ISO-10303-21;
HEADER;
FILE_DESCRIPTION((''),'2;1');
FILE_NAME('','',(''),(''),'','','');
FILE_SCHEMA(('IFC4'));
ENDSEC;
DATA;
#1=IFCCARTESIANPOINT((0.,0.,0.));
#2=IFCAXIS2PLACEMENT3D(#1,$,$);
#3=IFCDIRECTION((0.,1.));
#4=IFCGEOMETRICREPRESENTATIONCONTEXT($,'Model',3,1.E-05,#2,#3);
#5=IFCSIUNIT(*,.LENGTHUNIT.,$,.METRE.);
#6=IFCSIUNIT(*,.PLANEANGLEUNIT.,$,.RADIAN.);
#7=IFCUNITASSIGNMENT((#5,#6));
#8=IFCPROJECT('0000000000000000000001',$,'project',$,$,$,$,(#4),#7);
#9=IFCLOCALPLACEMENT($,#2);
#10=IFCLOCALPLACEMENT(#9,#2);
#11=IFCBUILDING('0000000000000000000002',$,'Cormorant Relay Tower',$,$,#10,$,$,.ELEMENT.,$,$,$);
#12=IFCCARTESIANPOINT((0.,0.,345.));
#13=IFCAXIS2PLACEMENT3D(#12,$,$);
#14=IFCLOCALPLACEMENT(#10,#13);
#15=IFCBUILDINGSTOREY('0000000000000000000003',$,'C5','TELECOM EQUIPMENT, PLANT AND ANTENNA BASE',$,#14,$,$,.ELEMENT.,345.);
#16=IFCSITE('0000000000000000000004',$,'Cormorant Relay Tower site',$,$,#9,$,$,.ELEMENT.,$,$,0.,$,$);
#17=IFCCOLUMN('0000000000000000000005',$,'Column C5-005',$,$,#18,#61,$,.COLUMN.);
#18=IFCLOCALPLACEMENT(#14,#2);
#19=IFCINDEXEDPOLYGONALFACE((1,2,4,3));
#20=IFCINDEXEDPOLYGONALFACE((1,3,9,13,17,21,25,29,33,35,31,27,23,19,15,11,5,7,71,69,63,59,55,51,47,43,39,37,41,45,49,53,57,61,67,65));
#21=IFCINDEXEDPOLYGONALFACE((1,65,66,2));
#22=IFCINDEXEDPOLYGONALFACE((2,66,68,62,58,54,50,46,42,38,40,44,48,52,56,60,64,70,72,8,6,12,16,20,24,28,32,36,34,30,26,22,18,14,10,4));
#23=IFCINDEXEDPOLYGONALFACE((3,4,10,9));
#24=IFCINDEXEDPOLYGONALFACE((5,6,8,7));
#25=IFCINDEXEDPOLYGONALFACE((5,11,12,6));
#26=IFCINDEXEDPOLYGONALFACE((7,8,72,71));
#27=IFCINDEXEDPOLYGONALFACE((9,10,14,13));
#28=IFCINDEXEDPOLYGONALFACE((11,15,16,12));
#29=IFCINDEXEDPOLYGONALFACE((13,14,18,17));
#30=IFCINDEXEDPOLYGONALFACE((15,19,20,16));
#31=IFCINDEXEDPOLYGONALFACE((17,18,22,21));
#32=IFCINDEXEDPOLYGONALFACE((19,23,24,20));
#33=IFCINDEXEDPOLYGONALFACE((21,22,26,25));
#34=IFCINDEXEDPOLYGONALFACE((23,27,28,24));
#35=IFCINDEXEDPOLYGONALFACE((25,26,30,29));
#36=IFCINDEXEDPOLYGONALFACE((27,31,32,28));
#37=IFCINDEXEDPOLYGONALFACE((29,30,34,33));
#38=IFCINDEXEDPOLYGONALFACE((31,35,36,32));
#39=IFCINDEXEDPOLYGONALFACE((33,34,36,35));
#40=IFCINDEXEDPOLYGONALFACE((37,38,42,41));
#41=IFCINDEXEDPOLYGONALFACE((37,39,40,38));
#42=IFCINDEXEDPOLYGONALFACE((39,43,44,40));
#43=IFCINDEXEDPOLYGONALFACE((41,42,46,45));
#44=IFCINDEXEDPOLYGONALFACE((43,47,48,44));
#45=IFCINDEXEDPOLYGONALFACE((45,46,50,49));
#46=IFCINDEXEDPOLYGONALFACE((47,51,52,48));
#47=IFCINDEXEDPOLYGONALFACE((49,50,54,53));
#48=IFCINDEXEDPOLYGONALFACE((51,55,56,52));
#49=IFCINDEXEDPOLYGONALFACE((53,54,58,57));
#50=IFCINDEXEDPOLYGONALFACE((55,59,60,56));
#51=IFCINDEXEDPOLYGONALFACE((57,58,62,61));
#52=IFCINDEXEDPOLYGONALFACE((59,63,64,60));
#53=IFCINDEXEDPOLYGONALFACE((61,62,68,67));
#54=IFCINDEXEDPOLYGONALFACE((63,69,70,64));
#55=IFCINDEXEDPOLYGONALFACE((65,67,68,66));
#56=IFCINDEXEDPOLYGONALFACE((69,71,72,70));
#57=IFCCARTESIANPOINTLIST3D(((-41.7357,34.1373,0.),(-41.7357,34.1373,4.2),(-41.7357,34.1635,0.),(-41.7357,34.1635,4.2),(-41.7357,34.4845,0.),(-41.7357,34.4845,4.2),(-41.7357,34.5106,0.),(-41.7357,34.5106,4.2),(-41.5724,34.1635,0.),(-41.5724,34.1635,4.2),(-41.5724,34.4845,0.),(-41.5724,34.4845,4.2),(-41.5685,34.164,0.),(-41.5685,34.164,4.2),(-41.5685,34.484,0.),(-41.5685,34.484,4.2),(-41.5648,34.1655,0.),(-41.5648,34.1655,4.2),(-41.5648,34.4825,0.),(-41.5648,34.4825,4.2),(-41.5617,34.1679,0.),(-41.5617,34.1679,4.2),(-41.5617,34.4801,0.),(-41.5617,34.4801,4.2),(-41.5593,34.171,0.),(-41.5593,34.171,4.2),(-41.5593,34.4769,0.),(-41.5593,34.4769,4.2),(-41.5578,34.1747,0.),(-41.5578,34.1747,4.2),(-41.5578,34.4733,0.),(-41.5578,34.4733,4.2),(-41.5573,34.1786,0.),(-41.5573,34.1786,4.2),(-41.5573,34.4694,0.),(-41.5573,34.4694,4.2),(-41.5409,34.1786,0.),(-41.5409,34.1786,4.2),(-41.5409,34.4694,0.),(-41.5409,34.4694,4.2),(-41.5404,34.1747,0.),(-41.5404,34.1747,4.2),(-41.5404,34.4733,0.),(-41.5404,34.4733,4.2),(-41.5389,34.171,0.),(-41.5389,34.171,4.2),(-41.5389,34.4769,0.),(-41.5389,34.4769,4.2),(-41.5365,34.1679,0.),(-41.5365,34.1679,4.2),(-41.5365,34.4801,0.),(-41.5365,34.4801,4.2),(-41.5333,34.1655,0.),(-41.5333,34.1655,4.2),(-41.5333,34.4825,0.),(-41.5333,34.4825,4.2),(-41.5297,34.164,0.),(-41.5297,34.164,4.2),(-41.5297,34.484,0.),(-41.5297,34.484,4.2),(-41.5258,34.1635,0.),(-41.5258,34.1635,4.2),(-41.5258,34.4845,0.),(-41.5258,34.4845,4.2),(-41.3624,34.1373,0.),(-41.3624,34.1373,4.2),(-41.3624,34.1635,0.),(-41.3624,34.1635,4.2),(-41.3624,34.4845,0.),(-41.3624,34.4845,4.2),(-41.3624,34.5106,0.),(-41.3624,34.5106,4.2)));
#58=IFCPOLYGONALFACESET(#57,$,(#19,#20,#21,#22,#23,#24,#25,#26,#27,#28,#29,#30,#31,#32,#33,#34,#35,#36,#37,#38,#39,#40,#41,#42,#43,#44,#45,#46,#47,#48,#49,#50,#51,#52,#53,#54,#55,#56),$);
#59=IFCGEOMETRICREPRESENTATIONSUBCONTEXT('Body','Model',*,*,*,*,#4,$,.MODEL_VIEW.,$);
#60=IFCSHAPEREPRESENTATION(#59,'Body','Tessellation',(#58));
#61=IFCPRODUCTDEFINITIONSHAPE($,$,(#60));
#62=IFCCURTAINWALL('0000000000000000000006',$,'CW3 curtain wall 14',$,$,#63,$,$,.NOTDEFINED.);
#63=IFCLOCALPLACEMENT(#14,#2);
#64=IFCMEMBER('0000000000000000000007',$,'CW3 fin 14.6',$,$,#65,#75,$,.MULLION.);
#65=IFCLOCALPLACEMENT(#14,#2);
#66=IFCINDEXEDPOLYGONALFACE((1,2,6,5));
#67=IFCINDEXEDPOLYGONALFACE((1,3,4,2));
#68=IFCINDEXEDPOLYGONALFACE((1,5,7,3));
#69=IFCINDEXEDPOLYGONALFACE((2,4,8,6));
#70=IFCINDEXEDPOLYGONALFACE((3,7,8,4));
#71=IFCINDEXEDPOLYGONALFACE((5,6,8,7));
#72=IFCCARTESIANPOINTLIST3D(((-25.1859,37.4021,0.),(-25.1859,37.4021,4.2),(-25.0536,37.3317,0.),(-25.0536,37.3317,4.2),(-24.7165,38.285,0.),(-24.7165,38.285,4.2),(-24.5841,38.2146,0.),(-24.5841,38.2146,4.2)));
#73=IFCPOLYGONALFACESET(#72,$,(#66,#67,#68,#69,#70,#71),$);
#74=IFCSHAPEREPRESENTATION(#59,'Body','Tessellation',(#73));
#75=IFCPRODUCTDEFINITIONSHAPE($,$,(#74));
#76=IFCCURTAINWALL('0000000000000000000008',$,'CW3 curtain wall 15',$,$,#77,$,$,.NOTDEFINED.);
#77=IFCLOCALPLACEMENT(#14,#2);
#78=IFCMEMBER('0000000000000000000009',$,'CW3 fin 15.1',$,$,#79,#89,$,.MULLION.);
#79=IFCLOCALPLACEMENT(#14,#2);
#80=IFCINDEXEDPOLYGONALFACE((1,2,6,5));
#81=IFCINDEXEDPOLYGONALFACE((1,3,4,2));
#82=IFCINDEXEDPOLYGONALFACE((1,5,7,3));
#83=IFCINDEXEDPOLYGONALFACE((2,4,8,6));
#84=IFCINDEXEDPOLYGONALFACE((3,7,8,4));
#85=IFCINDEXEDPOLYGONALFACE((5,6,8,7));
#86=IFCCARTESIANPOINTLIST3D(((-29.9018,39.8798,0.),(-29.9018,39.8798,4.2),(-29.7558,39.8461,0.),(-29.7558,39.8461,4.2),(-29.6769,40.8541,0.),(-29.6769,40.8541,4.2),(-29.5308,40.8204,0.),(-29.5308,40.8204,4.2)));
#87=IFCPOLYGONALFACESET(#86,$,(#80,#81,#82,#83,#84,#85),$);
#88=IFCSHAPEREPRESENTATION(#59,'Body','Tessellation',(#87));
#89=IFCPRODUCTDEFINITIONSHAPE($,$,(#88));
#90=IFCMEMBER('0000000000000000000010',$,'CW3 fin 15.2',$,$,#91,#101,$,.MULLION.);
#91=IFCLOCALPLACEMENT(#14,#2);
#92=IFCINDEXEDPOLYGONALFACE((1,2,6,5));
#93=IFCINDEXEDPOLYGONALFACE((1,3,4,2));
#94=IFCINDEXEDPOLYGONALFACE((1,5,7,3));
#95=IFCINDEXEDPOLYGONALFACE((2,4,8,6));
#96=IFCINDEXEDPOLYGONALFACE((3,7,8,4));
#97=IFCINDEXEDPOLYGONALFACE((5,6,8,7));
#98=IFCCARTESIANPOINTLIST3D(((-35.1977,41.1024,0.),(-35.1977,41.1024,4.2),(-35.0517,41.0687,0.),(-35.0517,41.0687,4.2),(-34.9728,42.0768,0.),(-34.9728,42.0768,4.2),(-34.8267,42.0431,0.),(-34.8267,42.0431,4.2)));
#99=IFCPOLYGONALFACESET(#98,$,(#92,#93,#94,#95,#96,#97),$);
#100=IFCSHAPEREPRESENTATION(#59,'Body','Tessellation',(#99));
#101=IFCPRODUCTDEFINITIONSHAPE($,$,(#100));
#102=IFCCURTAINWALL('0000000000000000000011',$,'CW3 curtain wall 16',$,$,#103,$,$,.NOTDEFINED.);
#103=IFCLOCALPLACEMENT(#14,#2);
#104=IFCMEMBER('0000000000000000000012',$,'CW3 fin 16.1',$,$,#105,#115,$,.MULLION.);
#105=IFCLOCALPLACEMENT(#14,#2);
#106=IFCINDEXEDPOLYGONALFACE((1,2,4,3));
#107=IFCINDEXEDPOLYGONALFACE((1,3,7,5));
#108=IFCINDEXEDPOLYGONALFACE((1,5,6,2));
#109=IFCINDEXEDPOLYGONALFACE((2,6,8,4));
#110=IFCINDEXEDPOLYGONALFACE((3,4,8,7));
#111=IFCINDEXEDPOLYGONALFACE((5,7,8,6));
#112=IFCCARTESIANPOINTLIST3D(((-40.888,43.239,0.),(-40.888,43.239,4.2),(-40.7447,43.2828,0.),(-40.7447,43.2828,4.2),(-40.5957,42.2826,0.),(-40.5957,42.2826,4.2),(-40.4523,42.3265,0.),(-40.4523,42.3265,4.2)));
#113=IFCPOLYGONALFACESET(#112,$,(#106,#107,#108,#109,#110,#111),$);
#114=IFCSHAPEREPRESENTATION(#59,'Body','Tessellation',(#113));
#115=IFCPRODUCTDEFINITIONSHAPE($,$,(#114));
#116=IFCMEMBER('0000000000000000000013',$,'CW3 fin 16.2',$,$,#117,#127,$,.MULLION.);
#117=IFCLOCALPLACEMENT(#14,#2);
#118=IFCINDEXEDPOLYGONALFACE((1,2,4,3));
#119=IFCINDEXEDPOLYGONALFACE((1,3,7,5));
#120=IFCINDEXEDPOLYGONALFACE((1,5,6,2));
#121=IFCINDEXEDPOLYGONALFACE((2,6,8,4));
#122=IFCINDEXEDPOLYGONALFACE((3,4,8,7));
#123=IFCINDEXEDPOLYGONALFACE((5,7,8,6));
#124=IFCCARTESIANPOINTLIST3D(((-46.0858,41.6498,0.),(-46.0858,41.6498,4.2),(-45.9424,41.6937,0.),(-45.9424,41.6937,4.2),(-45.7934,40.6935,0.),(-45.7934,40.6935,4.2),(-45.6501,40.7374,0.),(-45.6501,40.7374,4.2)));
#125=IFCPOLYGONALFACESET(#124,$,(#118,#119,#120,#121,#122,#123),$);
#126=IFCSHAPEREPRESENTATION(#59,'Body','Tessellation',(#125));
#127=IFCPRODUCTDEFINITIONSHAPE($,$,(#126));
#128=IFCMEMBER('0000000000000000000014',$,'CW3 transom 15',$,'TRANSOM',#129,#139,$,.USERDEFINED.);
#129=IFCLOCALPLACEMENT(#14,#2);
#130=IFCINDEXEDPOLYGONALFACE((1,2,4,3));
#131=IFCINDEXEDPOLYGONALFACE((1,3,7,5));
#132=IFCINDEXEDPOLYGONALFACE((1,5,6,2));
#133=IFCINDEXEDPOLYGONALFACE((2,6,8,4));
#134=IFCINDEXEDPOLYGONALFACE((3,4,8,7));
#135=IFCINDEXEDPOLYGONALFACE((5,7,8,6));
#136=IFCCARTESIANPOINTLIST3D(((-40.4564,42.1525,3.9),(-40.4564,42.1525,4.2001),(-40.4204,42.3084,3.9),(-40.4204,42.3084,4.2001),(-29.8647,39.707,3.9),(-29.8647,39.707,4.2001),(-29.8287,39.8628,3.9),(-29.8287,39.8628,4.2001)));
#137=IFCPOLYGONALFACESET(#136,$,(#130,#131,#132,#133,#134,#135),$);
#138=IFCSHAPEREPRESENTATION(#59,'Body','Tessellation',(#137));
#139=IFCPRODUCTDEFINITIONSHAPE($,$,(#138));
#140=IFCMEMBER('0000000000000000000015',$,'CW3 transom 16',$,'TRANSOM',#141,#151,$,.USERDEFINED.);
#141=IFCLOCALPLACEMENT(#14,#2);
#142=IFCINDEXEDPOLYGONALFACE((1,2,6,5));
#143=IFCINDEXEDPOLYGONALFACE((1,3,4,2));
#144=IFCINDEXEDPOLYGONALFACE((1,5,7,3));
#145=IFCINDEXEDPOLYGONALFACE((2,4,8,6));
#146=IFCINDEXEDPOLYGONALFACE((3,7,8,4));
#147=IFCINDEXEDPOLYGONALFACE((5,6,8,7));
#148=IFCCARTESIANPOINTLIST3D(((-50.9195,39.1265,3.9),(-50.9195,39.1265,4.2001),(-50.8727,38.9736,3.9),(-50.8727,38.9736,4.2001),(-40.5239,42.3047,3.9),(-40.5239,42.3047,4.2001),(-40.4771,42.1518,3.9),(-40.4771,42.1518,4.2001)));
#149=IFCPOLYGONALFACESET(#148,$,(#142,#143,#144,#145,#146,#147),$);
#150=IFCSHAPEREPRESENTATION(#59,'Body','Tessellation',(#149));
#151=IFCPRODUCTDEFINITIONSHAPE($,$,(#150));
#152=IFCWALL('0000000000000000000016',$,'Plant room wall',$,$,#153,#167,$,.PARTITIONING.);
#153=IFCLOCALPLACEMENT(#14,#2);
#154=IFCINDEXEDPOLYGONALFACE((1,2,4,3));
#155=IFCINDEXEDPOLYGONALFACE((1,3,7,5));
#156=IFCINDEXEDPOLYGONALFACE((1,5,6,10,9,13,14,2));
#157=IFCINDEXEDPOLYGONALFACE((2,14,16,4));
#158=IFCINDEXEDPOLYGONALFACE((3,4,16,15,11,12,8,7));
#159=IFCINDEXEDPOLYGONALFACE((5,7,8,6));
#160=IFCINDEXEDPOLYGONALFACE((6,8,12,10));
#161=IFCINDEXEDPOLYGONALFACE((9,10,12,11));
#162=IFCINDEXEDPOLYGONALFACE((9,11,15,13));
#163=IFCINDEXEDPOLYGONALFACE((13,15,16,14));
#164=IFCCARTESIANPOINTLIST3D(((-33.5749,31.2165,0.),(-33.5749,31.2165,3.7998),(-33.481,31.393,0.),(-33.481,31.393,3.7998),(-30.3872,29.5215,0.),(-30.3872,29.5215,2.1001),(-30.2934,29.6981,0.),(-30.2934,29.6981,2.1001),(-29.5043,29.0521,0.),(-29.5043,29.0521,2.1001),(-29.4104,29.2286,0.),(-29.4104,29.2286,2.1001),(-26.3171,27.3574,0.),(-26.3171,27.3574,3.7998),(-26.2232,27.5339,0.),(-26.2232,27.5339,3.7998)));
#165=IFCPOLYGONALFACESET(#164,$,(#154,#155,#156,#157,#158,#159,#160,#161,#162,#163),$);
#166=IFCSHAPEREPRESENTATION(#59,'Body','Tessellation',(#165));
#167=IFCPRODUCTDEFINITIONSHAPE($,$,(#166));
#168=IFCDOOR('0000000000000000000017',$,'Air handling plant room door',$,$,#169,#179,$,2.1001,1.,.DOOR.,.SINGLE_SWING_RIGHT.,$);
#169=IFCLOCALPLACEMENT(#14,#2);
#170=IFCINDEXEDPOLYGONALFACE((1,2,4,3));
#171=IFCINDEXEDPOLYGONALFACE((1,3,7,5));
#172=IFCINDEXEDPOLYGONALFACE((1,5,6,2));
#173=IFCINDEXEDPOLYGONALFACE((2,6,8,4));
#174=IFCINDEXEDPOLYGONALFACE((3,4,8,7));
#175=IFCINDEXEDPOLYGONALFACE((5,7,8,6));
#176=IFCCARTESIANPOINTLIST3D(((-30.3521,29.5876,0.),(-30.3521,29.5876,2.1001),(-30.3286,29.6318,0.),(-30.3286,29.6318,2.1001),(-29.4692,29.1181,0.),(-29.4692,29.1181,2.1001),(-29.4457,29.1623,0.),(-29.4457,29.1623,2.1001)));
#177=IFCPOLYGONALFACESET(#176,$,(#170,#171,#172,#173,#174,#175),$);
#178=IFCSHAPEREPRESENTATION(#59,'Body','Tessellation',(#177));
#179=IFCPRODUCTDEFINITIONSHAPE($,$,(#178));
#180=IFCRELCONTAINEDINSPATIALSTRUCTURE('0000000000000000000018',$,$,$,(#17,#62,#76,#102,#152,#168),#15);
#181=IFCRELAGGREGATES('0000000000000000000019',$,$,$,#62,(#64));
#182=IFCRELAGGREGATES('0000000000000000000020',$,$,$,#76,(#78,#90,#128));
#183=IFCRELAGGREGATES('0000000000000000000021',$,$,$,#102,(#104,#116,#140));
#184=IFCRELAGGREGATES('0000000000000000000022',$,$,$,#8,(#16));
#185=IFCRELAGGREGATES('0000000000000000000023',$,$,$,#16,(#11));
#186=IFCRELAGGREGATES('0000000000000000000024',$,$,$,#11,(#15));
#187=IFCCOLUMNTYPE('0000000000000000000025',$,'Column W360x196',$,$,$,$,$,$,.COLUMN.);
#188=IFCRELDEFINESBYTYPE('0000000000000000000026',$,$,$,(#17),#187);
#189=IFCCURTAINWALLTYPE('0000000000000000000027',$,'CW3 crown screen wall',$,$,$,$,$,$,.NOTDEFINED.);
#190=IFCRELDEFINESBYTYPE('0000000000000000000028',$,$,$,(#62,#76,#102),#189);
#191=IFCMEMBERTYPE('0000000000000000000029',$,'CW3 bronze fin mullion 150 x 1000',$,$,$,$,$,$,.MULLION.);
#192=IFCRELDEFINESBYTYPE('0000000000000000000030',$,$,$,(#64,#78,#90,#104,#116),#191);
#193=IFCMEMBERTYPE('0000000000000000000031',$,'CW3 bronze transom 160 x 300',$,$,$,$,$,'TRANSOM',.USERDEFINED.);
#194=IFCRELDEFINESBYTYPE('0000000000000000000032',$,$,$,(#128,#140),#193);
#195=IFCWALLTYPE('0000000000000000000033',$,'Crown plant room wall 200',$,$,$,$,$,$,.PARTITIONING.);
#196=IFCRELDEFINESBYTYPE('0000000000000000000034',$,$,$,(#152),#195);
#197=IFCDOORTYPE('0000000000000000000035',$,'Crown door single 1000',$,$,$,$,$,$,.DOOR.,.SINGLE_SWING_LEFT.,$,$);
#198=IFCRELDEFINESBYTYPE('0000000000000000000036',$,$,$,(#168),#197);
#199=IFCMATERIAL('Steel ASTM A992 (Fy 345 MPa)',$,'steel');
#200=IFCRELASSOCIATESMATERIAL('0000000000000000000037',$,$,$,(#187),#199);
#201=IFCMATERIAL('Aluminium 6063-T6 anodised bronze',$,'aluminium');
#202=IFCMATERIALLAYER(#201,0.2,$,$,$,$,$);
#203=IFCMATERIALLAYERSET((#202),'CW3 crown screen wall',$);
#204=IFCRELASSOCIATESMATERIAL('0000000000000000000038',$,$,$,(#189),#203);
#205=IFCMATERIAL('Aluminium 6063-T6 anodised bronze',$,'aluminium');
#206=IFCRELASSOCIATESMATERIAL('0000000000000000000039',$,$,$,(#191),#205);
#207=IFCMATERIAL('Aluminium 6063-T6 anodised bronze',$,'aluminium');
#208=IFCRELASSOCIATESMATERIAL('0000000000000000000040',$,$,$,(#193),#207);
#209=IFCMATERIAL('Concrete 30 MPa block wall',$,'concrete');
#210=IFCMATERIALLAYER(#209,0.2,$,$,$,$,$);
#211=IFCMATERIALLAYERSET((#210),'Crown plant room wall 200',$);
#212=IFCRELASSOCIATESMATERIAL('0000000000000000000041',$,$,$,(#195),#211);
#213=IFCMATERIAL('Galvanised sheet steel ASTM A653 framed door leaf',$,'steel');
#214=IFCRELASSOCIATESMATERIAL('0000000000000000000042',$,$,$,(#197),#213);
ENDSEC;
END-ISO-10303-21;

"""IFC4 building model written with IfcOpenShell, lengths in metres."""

from ifc_helpers import new_model, si_unit, direction, frame, frame_2d, origin, origin_2d, place, context, subcontext, project, spatial, rectangle, i_section, extrude, material, layer, layer_set, material_profile, profile_set, type_object, element, fill, aggregate, save


model = new_model("IFC4")

# Units and contexts
model_context = context("Model", 3, precision=1e-05, world=origin(), true_north=direction((0.0, 1.0)))
body_context = subcontext(model_context, "Body", "Model", "MODEL_VIEW")
ifc_project = project(units=[si_unit("LENGTHUNIT", "METRE"), si_unit("PLANEANGLEUNIT", "RADIAN")], contexts=[model_context])

# Site, building, storey
site_placement = place(None, origin())
site = spatial("IfcSite", under=ifc_project, at=site_placement, Name="Cormorant Relay Tower site", CompositionType="ELEMENT", RefElevation=0.0)
building_placement = place(site_placement, origin())
building = spatial("IfcBuilding", under=site, at=building_placement, Name="Cormorant Relay Tower", CompositionType="ELEMENT")
storey_placement = place(building_placement, frame((0.0, 0.0, 345.0)))
storey = spatial("IfcBuildingStorey", under=building, at=storey_placement, Name="C5", Description="TELECOM EQUIPMENT, PLANT AND ANTENNA BASE", CompositionType="ELEMENT", Elevation=345.0)

# Column
ifc_material_1 = material(Name="Steel ASTM A992 (Fy 345 MPa)", Category="steel")
ifc_material_profile_1 = material_profile(ifc_material_1, i_section(OverallWidth=0.3733, OverallDepth=0.3733, WebThickness=0.0164, FlangeThickness=0.0261, FilletRadius=0.0151, at=origin_2d()), Name="W360x196")
ifc_profile_set_1 = profile_set([ifc_material_profile_1], Name="Steel ASTM A992 (Fy 345 MPa)")
column_type = type_object("IfcColumnType", Name="Column W360x196", PredefinedType="COLUMN", material=ifc_profile_set_1)
column_placement = place(storey_placement, frame((-41.5491, 34.324, 0.0), z_axis=(0.0, 0.0, 1.0), x_axis=(1.0, 0.0, 0.0)))
element("IfcColumn", 1, at=column_placement, inside=storey, type_object=column_type, Name="Column C5-005", PredefinedType="COLUMN", context=body_context, shape_type="SweptSolid", body=[
    extrude(i_section(OverallWidth=0.3733, OverallDepth=0.3733, WebThickness=0.0164, FlangeThickness=0.0261, FilletRadius=0.0151, at=origin_2d()), origin(), (0.0, 0.0, 1.0), 4.2),
])

# Curtain wall, member
ifc_material_2 = material(Name="Aluminium 6063-T6 anodised bronze", Category="aluminium")
ifc_layer_1 = layer(ifc_material_2, 0.2)
ifc_layer_set_1 = layer_set([ifc_layer_1], Name="CW3 crown screen wall")
curtain_wall_type = type_object("IfcCurtainWallType", Name="CW3 crown screen wall", PredefinedType="NOTDEFINED", material=ifc_layer_set_1)
curtain_wall_1_placement = place(storey_placement, origin())
curtain_wall_1 = element("IfcCurtainWall", 2, at=curtain_wall_1_placement, inside=storey, type_object=curtain_wall_type, Name="CW3 curtain wall 14", PredefinedType="NOTDEFINED")
ifc_material_3 = material(Name="Aluminium 6063-T6 anodised bronze", Category="aluminium")
ifc_material_profile_2 = material_profile(ifc_material_3, rectangle(XDim=0.1499, YDim=1.0, at=origin_2d()), Name="AL 150x1000")
ifc_profile_set_2 = profile_set([ifc_material_profile_2], Name="Aluminium 6063-T6 anodised bronze")
member_type_1 = type_object("IfcMemberType", Name="CW3 bronze fin mullion 150 x 1000", PredefinedType="MULLION", material=ifc_profile_set_2)
member_1_placement = place(storey_placement, frame((-24.885, 37.8083, 0.0), z_axis=(0.0, 0.0, 1.0), x_axis=(-0.882948, 0.469472, 0.0)))
member_1 = element("IfcMember", 3, at=member_1_placement, type_object=member_type_1, Name="CW3 fin 14.6", PredefinedType="MULLION", context=body_context, shape_type="SweptSolid", body=[
    extrude(rectangle(XDim=0.1499, YDim=1.0, at=origin_2d()), origin(), (0.0, 0.0, 1.0), 4.2),
])

# Curtain walls, members
curtain_wall_2_placement = place(storey_placement, origin())
curtain_wall_2 = element("IfcCurtainWall", 4, at=curtain_wall_2_placement, inside=storey, type_object=curtain_wall_type, Name="CW3 curtain wall 15", PredefinedType="NOTDEFINED")
member_2_placement = place(storey_placement, frame((-29.7163, 40.3501, 0.0), z_axis=(0.0, 0.0, 1.0), x_axis=(-0.97437, 0.224951, 0.0)))
member_2 = element("IfcMember", 5, at=member_2_placement, type_object=member_type_1, Name="CW3 fin 15.1", PredefinedType="MULLION", context=body_context, shape_type="SweptSolid", body=[
    extrude(rectangle(XDim=0.1499, YDim=1.0, at=origin_2d()), origin(), (0.0, 0.0, 1.0), 4.2),
])
member_3_placement = place(storey_placement, frame((-35.0122, 41.5728, 0.0), z_axis=(0.0, 0.0, 1.0), x_axis=(-0.97437, 0.224951, 0.0)))
member_3 = element("IfcMember", 6, at=member_3_placement, type_object=member_type_1, Name="CW3 fin 15.2", PredefinedType="MULLION", context=body_context, shape_type="SweptSolid", body=[
    extrude(rectangle(XDim=0.1499, YDim=1.0, at=origin_2d()), origin(), (0.0, 0.0, 1.0), 4.2),
])
curtain_wall_3_placement = place(storey_placement, origin())
curtain_wall_3 = element("IfcCurtainWall", 7, at=curtain_wall_3_placement, inside=storey, type_object=curtain_wall_type, Name="CW3 curtain wall 16", PredefinedType="NOTDEFINED")
member_4_placement = place(storey_placement, frame((-40.6702, 42.7827, 0.0), z_axis=(0.0, 0.0, 1.0), x_axis=(-0.956305, -0.292372, 0.0)))
member_4 = element("IfcMember", 8, at=member_4_placement, type_object=member_type_1, Name="CW3 fin 16.1", PredefinedType="MULLION", context=body_context, shape_type="SweptSolid", body=[
    extrude(rectangle(XDim=0.1499, YDim=1.0, at=origin_2d()), origin(), (0.0, 0.0, 1.0), 4.2),
])
member_5_placement = place(storey_placement, frame((-45.8679, 41.1936, 0.0), z_axis=(0.0, 0.0, 1.0), x_axis=(-0.956305, -0.292372, 0.0)))
member_5 = element("IfcMember", 9, at=member_5_placement, type_object=member_type_1, Name="CW3 fin 16.2", PredefinedType="MULLION", context=body_context, shape_type="SweptSolid", body=[
    extrude(rectangle(XDim=0.1499, YDim=1.0, at=origin_2d()), origin(), (0.0, 0.0, 1.0), 4.2),
])

# Members
ifc_material_4 = material(Name="Aluminium 6063-T6 anodised bronze", Category="aluminium")
ifc_material_profile_3 = material_profile(ifc_material_4, rectangle(XDim=0.1599, YDim=0.3, at=origin_2d()), Name="AL 160x300")
ifc_profile_set_3 = profile_set([ifc_material_profile_3], Name="Aluminium 6063-T6 anodised bronze")
member_type_2 = type_object("IfcMemberType", Name="CW3 bronze transom 160 x 300", ElementType="TRANSOM", PredefinedType="USERDEFINED", material=ifc_profile_set_3)
member_6_placement = place(storey_placement, frame((-29.8467, 39.7849, 4.05), z_axis=(-0.974365, 0.224973, 0.0), x_axis=(-0.224973, -0.974365, 0.0)))
member_6 = element("IfcMember", 10, at=member_6_placement, type_object=member_type_2, Name="CW3 transom 15", ObjectType="TRANSOM", PredefinedType="USERDEFINED", context=body_context, shape_type="SweptSolid", body=[
    extrude(rectangle(XDim=0.1599, YDim=0.3, at=origin_2d()), origin(), (0.0, 0.0, 1.0), 10.8704),
])
member_7_placement = place(storey_placement, frame((-40.5005, 42.2283, 4.05), z_axis=(-0.956305, -0.292371, 0.0), x_axis=(0.292371, -0.956305, 0.0)))
member_7 = element("IfcMember", 11, at=member_7_placement, type_object=member_type_2, Name="CW3 transom 16", ObjectType="TRANSOM", PredefinedType="USERDEFINED", context=body_context, shape_type="SweptSolid", body=[
    extrude(rectangle(XDim=0.1599, YDim=0.3, at=origin_2d()), origin(), (0.0, 0.0, 1.0), 10.8706),
])

# Wall, opening, door
ifc_material_5 = material(Name="Concrete 30 MPa block wall", Category="concrete")
ifc_layer_2 = layer(ifc_material_5, 0.2)
ifc_layer_set_2 = layer_set([ifc_layer_2], Name="Crown plant room wall 200")
wall_type_1 = type_object("IfcWallType", Name="Crown plant room wall 200", PredefinedType="PARTITIONING", material=ifc_layer_set_2)
wall_1_placement = place(storey_placement, frame((-33.5278, 31.3047, 0.0), z_axis=(0.0, 0.0, 1.0), x_axis=(0.882943, -0.469479, 0.0)))
wall_1 = element("IfcWall", 12, at=wall_1_placement, inside=storey, type_object=wall_type_1, Name="Plant room wall", PredefinedType="PARTITIONING", context=body_context, shape_type="SweptSolid", body=[
    extrude(rectangle(XDim=8.22, YDim=0.2, at=frame_2d((4.1099, 0.0))), origin(), (0.0, 0.0, 1.0), 3.7998),
])
opening_placement = place(wall_1_placement, frame((3.6101, 0.0, 0.0)))
opening = element("IfcOpeningElement", 13, at=opening_placement, cuts=wall_1, PredefinedType="OPENING", context=body_context, shape_type="SweptSolid", body=[
    extrude(rectangle(XDim=1.0, YDim=2.1001, at=frame_2d((0.5, 1.05))), frame((0.0, 0.1099, 0.0), z_axis=(0.0, -1.0, 0.0), x_axis=(1.0, 0.0, 0.0)), (0.0, 0.0, 1.0), 0.22),
])
ifc_material_6 = material(Name="Galvanised sheet steel ASTM A653 framed door leaf", Category="steel")
door_type = type_object("IfcDoorType", Name="Crown door single 1000", OperationType="SINGLE_SWING_LEFT", PredefinedType="DOOR", material=ifc_material_6)
door_placement = place(opening_placement, origin())
door = element("IfcDoor", 14, at=door_placement, inside=storey, type_object=door_type, Name="Air handling plant room door", OperationType="SINGLE_SWING_RIGHT", OverallHeight=2.1001, OverallWidth=1.0, PredefinedType="DOOR", context=body_context, shape_type="SweptSolid", body=[
    extrude(rectangle(XDim=1.0, YDim=2.1001, at=frame_2d((0.5, 1.05))), frame((0.0, 0.0249, 0.0), z_axis=(0.0, -1.0, 0.0), x_axis=(1.0, 0.0, 0.0)), (0.0, 0.0, 1.0), 0.05),
])
fill(opening, door)

aggregate(curtain_wall_1, [member_1])
aggregate(curtain_wall_2, [member_2, member_3, member_6])
aggregate(curtain_wall_3, [member_4, member_5, member_7])

save(model, "model.ifc")
